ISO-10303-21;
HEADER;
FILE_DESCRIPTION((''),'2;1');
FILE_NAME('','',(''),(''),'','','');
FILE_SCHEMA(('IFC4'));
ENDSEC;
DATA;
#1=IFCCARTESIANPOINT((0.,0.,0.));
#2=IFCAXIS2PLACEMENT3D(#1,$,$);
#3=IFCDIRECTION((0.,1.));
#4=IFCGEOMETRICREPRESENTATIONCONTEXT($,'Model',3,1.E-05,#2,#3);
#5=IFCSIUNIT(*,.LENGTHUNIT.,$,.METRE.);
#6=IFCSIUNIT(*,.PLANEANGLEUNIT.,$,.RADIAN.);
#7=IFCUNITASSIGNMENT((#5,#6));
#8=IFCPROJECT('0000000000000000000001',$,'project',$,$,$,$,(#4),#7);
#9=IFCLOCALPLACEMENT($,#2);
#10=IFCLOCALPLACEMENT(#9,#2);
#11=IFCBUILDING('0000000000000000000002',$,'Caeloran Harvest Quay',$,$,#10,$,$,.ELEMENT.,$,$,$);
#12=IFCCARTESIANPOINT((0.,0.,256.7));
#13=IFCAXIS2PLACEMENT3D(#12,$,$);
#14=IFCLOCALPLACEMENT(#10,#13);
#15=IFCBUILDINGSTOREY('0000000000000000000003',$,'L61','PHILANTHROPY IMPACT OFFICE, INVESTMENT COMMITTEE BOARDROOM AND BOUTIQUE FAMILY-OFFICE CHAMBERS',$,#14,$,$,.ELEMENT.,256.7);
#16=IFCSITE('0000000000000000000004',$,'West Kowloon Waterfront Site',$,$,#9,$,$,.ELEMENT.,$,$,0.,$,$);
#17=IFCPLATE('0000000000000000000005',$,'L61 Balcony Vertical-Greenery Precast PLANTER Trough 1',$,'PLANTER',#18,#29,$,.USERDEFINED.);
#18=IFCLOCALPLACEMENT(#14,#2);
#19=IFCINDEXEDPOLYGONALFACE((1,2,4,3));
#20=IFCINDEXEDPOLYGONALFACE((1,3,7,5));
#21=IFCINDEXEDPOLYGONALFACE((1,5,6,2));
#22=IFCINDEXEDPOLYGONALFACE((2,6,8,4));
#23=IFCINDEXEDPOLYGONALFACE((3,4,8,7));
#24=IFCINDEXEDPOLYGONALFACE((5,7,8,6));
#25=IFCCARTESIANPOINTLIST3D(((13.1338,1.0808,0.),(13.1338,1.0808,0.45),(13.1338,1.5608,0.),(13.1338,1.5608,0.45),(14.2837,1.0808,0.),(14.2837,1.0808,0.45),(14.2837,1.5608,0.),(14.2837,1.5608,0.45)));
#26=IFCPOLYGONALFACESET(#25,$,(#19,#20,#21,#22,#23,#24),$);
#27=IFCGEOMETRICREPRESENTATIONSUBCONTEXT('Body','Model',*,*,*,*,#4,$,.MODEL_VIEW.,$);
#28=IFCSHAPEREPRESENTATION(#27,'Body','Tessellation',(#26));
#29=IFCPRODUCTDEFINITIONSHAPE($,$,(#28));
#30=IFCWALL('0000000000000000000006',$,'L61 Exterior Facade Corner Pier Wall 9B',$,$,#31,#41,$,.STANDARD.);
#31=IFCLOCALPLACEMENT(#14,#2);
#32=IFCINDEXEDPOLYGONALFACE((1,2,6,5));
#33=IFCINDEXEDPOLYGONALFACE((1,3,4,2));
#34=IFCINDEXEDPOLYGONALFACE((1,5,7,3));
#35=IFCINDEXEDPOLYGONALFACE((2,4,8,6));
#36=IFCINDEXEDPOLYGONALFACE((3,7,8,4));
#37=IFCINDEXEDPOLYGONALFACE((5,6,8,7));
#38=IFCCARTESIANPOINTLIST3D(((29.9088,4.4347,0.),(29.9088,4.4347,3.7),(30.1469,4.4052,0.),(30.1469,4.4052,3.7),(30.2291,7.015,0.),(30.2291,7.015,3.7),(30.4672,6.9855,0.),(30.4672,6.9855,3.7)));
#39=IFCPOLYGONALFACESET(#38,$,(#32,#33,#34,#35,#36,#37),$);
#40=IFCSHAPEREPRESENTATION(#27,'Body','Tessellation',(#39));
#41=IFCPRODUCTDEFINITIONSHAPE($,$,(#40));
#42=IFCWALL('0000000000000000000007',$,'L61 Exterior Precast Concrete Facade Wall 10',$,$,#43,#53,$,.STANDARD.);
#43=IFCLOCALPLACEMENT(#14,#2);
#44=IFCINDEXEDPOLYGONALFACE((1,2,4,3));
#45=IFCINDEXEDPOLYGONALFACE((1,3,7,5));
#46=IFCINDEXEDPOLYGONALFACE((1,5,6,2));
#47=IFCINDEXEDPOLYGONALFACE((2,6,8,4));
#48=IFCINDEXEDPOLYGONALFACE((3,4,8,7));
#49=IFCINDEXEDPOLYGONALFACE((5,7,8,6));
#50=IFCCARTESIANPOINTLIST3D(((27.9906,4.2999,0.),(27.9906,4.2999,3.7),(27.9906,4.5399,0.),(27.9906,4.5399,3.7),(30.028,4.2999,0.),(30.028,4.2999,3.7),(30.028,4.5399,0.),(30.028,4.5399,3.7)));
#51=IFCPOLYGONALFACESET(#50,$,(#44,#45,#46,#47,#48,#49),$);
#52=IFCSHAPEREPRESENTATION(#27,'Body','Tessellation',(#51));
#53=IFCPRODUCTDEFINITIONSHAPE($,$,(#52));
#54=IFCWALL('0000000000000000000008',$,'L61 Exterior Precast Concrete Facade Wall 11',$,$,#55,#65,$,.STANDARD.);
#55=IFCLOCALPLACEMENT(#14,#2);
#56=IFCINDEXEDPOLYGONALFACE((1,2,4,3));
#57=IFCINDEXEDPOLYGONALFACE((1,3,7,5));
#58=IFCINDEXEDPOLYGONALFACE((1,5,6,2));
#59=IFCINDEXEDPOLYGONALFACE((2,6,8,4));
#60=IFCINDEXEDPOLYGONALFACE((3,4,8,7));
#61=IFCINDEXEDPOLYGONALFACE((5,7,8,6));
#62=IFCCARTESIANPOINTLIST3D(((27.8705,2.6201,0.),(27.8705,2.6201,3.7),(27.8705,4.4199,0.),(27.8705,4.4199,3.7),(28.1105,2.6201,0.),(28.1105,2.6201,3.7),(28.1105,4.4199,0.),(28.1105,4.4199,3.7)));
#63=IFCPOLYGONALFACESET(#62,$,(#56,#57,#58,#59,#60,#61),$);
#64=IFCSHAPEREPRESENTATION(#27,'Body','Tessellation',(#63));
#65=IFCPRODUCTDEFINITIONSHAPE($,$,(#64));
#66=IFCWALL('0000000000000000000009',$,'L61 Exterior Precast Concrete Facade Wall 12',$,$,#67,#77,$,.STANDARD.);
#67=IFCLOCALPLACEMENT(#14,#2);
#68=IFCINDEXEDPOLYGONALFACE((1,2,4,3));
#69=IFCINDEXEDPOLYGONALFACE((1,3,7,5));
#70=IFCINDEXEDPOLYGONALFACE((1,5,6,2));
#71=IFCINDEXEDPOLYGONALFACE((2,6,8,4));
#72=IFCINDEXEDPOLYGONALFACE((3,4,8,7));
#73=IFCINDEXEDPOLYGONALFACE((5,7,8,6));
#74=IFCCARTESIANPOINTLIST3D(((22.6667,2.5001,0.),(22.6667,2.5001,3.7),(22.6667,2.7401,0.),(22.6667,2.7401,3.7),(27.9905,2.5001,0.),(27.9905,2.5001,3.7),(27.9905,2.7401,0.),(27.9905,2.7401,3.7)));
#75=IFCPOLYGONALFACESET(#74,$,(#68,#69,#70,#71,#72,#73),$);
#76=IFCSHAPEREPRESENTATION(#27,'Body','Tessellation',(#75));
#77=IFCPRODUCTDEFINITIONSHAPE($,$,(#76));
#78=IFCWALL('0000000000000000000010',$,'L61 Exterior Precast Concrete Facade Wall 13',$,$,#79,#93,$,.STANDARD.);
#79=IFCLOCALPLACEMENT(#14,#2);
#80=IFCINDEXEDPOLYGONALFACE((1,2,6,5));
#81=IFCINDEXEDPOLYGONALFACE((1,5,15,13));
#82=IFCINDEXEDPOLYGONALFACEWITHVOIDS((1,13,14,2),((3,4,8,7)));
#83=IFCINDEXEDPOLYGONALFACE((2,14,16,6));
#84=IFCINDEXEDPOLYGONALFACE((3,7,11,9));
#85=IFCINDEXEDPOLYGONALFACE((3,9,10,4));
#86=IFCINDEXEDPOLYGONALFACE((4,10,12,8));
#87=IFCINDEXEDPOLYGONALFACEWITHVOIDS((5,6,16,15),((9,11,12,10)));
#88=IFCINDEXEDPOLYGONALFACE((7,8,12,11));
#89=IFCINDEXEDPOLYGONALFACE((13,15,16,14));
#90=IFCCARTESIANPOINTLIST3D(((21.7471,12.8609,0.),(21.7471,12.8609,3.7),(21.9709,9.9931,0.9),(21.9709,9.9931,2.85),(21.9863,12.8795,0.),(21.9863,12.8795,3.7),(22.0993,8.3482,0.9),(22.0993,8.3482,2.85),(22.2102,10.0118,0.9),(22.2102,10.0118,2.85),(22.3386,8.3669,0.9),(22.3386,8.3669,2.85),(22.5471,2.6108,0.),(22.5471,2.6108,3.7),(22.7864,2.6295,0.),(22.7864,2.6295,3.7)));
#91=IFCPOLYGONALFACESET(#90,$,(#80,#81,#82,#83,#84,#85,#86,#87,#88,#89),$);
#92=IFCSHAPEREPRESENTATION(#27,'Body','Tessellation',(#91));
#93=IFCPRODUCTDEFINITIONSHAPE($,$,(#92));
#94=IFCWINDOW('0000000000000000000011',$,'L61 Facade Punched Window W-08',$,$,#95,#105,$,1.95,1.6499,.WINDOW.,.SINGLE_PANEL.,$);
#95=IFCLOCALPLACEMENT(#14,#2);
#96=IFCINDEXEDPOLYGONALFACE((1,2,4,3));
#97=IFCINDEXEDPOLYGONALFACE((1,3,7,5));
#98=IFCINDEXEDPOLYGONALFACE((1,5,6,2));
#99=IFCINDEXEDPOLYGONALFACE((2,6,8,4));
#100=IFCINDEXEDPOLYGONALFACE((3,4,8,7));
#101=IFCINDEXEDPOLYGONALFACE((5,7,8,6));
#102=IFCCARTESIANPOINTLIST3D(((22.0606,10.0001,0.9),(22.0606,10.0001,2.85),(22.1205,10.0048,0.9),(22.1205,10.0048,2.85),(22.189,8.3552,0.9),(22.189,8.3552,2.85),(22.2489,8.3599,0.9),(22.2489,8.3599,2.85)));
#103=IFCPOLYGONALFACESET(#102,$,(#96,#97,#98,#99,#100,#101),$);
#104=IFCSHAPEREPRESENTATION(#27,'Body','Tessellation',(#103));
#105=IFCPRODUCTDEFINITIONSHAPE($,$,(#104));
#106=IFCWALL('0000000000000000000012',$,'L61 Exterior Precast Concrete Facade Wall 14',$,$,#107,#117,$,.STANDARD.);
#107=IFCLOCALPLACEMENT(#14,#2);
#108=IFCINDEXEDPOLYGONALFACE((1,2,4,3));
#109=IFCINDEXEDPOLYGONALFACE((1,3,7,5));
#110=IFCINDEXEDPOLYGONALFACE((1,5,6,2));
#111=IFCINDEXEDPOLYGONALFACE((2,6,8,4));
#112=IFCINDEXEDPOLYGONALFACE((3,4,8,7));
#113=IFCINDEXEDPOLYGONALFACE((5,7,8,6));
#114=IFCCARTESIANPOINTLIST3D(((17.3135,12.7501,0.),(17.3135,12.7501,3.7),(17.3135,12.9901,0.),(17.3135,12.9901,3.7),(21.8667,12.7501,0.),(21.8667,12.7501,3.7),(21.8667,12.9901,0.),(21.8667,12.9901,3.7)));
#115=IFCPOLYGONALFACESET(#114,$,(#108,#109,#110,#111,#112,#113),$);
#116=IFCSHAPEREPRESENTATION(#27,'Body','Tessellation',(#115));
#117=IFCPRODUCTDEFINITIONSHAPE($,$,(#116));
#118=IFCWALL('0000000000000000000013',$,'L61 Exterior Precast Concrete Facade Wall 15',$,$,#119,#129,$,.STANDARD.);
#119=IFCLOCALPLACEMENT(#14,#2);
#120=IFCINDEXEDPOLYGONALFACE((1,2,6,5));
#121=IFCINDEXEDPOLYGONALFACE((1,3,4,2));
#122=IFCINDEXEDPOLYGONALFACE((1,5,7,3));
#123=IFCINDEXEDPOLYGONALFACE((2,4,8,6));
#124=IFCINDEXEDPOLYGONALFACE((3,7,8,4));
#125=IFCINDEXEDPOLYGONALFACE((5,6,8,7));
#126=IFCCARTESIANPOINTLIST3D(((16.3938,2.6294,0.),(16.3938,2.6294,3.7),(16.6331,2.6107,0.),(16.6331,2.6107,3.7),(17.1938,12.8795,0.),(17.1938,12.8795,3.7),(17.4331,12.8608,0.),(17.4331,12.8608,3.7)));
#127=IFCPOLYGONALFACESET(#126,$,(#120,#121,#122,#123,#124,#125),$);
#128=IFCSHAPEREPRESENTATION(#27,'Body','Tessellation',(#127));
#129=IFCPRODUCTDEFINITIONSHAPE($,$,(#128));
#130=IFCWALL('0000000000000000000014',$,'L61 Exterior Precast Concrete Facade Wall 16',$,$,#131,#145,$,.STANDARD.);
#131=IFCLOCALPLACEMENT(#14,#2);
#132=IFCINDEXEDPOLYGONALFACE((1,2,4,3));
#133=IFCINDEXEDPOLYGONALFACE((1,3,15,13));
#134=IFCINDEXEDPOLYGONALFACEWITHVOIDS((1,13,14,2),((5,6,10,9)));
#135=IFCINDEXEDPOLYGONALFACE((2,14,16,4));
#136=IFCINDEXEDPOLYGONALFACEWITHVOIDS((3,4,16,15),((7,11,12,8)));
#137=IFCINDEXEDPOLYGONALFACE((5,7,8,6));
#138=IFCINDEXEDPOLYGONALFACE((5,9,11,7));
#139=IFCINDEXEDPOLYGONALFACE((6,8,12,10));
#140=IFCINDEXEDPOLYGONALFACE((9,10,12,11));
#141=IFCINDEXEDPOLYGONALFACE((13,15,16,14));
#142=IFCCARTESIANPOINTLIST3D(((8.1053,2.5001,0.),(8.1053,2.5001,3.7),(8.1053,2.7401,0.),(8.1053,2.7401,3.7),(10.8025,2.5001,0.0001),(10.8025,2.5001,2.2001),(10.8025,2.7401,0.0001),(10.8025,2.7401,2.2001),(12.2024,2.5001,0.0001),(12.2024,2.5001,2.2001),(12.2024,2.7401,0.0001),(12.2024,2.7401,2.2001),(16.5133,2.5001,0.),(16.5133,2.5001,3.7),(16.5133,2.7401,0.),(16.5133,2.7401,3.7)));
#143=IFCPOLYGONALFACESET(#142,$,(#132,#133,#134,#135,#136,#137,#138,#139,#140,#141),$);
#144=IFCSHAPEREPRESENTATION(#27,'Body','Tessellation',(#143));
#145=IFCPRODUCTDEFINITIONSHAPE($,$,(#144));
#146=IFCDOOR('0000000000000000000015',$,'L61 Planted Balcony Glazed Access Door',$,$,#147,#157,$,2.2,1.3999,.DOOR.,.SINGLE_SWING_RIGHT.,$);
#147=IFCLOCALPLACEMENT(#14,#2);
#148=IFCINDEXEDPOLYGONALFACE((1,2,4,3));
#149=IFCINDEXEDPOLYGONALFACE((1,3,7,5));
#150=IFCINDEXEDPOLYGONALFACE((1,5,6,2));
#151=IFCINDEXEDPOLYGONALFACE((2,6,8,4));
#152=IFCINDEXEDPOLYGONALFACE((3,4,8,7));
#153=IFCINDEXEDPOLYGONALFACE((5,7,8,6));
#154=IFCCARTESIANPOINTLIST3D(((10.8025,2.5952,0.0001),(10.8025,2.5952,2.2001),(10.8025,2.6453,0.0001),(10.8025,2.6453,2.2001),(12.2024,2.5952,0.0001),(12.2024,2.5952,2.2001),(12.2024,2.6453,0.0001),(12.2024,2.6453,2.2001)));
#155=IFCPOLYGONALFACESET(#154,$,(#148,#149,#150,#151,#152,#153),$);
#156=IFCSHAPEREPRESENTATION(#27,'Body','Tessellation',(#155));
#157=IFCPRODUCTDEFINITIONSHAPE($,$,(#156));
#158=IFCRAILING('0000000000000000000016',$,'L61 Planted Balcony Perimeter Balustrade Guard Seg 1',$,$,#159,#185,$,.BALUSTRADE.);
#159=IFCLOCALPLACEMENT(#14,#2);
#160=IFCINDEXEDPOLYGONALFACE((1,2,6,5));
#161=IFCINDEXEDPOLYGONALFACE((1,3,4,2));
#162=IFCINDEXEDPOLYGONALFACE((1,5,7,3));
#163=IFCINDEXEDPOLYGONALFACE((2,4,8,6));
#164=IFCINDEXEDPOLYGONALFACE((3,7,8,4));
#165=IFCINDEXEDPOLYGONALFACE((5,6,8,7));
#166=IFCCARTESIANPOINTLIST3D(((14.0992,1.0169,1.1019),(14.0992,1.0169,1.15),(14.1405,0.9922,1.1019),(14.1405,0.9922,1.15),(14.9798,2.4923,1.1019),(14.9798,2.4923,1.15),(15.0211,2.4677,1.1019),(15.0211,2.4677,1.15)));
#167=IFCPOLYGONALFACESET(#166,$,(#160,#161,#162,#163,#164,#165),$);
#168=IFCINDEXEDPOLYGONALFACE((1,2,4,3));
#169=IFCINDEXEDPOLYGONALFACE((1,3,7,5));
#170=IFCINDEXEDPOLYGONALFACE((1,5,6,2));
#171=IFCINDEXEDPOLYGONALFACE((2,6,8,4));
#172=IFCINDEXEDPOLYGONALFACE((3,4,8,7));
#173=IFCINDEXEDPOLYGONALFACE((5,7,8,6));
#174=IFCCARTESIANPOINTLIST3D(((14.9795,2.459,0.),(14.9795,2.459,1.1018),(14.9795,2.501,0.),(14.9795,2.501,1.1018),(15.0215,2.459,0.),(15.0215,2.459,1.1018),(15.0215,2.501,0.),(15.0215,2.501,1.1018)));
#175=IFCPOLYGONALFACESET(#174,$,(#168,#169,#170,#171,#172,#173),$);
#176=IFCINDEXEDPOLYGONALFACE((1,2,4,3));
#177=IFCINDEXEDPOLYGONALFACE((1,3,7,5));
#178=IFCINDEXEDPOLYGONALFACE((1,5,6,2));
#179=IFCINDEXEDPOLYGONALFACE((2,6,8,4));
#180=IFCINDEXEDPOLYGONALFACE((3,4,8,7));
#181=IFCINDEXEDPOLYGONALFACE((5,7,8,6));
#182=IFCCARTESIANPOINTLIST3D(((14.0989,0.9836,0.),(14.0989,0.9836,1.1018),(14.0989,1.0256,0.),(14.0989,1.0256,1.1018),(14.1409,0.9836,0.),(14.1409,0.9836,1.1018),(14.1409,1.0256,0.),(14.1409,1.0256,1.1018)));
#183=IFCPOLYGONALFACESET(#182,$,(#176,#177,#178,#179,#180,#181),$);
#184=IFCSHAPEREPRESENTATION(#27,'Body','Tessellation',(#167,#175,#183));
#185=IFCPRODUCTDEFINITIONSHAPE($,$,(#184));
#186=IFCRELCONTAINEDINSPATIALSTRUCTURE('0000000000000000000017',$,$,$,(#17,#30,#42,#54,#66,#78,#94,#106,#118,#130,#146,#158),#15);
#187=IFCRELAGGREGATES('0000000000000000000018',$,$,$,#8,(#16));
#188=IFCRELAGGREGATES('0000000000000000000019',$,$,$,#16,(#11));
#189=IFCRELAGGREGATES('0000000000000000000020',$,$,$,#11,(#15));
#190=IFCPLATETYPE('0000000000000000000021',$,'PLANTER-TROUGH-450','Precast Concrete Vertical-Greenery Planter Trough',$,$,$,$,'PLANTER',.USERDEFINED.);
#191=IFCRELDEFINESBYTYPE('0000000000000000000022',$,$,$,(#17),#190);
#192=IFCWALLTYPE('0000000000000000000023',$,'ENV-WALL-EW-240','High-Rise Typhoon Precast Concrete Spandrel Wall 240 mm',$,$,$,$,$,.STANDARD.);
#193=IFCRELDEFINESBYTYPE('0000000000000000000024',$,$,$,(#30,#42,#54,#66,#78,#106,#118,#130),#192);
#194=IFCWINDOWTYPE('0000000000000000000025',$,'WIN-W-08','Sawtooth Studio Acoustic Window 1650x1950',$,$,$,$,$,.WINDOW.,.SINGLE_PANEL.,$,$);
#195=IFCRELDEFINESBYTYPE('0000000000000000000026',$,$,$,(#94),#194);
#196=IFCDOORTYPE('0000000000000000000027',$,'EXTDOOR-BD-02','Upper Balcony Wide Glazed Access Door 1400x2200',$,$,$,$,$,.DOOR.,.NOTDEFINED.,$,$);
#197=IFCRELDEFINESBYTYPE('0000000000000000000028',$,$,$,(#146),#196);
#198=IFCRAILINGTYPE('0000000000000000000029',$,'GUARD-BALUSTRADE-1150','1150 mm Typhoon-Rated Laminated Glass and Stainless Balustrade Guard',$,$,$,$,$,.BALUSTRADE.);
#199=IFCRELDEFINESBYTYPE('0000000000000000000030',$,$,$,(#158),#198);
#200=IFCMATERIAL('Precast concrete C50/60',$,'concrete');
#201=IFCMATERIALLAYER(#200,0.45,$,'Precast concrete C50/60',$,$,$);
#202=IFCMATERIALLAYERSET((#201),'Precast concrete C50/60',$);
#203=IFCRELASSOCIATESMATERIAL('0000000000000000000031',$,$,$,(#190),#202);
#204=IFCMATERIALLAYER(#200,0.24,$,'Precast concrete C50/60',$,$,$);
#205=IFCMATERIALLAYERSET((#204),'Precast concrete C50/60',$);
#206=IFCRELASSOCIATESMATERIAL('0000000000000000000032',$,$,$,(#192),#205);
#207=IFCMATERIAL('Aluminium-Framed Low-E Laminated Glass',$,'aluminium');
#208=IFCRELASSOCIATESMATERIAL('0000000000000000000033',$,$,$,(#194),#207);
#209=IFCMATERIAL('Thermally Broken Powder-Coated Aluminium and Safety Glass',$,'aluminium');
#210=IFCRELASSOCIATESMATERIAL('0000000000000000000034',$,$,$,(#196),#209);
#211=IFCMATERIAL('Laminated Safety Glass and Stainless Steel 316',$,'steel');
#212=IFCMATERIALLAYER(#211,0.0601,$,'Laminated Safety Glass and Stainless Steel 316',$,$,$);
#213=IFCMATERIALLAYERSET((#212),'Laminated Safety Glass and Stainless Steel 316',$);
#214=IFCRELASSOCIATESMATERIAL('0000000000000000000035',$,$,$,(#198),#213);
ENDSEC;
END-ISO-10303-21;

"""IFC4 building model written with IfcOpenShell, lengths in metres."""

from ifc_helpers import new_model, si_unit, direction, frame, frame_2d, origin, origin_2d, place, context, subcontext, project, spatial, rectangle, extrude, material, layer, layer_set, type_object, element, fill, save


model = new_model("IFC4")

# Units and contexts
model_context = context("Model", 3, precision=1e-05, world=origin(), true_north=direction((0.0, 1.0)))
body_context = subcontext(model_context, "Body", "Model", "MODEL_VIEW")
ifc_project = project(units=[si_unit("LENGTHUNIT", "METRE"), si_unit("PLANEANGLEUNIT", "RADIAN")], contexts=[model_context])

# Site, building, storey
site_placement = place(None, origin())
site = spatial("IfcSite", under=ifc_project, at=site_placement, Name="West Kowloon Waterfront Site", CompositionType="ELEMENT", RefElevation=0.0)
building_placement = place(site_placement, origin())
building = spatial("IfcBuilding", under=site, at=building_placement, Name="Caeloran Harvest Quay", CompositionType="ELEMENT")
storey_placement = place(building_placement, frame((0.0, 0.0, 256.7)))
storey = spatial("IfcBuildingStorey", under=building, at=storey_placement, Name="L61", Description="PHILANTHROPY IMPACT OFFICE, INVESTMENT COMMITTEE BOARDROOM AND BOUTIQUE FAMILY-OFFICE CHAMBERS", CompositionType="ELEMENT", Elevation=256.7)

# Plate
ifc_material_1 = material(Name="Precast concrete C50/60", Category="concrete")
ifc_layer_1 = layer(ifc_material_1, 0.45, Name="Precast concrete C50/60")
ifc_layer_set_1 = layer_set([ifc_layer_1], Name="Precast concrete C50/60")
plate_type_1 = type_object("IfcPlateType", Name="PLANTER-TROUGH-450", Description="Precast Concrete Vertical-Greenery Planter Trough", ElementType="PLANTER", PredefinedType="USERDEFINED", material=ifc_layer_set_1)
plate_1_placement = place(storey_placement, frame((13.7087, 1.3208, 0.0), z_axis=(0.0, 0.0, 1.0), x_axis=(1.0, 0.0, 0.0)))
element("IfcPlate", 1, at=plate_1_placement, inside=storey, type_object=plate_type_1, Name="L61 Balcony Vertical-Greenery Precast PLANTER Trough 1", ObjectType="PLANTER", PredefinedType="USERDEFINED", context=body_context, shape_type="SweptSolid", body=[
    extrude(rectangle(XDim=1.1499, YDim=0.48, at=origin_2d()), origin(), (0.0, 0.0, 1.0), 0.45),
])

# Walls
ifc_layer_2 = layer(ifc_material_1, 0.24, Name="Precast concrete C50/60")
ifc_layer_set_2 = layer_set([ifc_layer_2], Name="Precast concrete C50/60")
wall_type = type_object("IfcWallType", Name="ENV-WALL-EW-240", Description="High-Rise Typhoon Precast Concrete Spandrel Wall 240 mm", PredefinedType="STANDARD", material=ifc_layer_set_2)
wall_1_placement = place(storey_placement, frame((30.3481, 7.0002, 0.0), z_axis=(0.0, 0.0, 1.0), x_axis=(-0.123191, -0.992383, 0.0)))
element("IfcWall", 2, at=wall_1_placement, inside=storey, type_object=wall_type, Name="L61 Exterior Facade Corner Pier Wall 9B", PredefinedType="STANDARD", context=body_context, shape_type="SweptSolid", body=[
    extrude(rectangle(XDim=2.6001, YDim=0.24, at=frame_2d((1.3, 0.0))), origin(), (0.0, 0.0, 1.0), 3.7),
])
wall_2_placement = place(storey_placement, frame((30.0278, 4.4199, 0.0), z_axis=(0.0, 0.0, 1.0), x_axis=(-1.0, 0.0, 0.0)))
element("IfcWall", 3, at=wall_2_placement, inside=storey, type_object=wall_type, Name="L61 Exterior Precast Concrete Facade Wall 10", PredefinedType="STANDARD", context=body_context, shape_type="SweptSolid", body=[
    extrude(rectangle(XDim=2.0374, YDim=0.24, at=frame_2d((1.0186, 0.0))), origin(), (0.0, 0.0, 1.0), 3.7),
])
wall_3_placement = place(storey_placement, frame((27.9905, 4.4199, 0.0), z_axis=(0.0, 0.0, 1.0), x_axis=(0.0, -1.0, 0.0)))
element("IfcWall", 4, at=wall_3_placement, inside=storey, type_object=wall_type, Name="L61 Exterior Precast Concrete Facade Wall 11", PredefinedType="STANDARD", context=body_context, shape_type="SweptSolid", body=[
    extrude(rectangle(XDim=1.7998, YDim=0.24, at=frame_2d((0.8999, 0.0))), origin(), (0.0, 0.0, 1.0), 3.7),
])
wall_4_placement = place(storey_placement, frame((27.9905, 2.6201, 0.0), z_axis=(0.0, 0.0, 1.0), x_axis=(-1.0, 0.0, 0.0)))
element("IfcWall", 5, at=wall_4_placement, inside=storey, type_object=wall_type, Name="L61 Exterior Precast Concrete Facade Wall 12", PredefinedType="STANDARD", context=body_context, shape_type="SweptSolid", body=[
    extrude(rectangle(XDim=5.3237, YDim=0.24, at=frame_2d((2.6619, 0.0))), origin(), (0.0, 0.0, 1.0), 3.7),
])

# Wall, opening, window
wall_5_placement = place(storey_placement, frame((22.6667, 2.6201, 0.0), z_axis=(0.0, 0.0, 1.0), x_axis=(-0.077817, 0.996968, 0.0)))
wall_5 = element("IfcWall", 6, at=wall_5_placement, inside=storey, type_object=wall_type, Name="L61 Exterior Precast Concrete Facade Wall 13", PredefinedType="STANDARD", context=body_context, shape_type="SweptSolid", body=[
    extrude(rectangle(XDim=10.2812, YDim=0.24, at=frame_2d((5.1406, 0.0))), origin(), (0.0, 0.0, 1.0), 3.7),
])
opening_1_placement = place(wall_5_placement, frame((5.7549, 0.0, 0.8999)))
opening_1 = element("IfcOpeningElement", 7, at=opening_1_placement, cuts=wall_5, PredefinedType="OPENING", context=body_context, shape_type="SweptSolid", body=[
    extrude(rectangle(XDim=1.6499, YDim=1.95, at=frame_2d((0.825, 0.9751))), frame((0.0, 0.1299, 0.0), z_axis=(0.0, -1.0, 0.0), x_axis=(1.0, 0.0, 0.0)), (0.0, 0.0, 1.0), 0.26),
])
ifc_material_2 = material(Name="Aluminium-Framed Low-E Laminated Glass", Category="aluminium")
window_type = type_object("IfcWindowType", Name="WIN-W-08", Description="Sawtooth Studio Acoustic Window 1650x1950", PartitioningType="SINGLE_PANEL", PredefinedType="WINDOW", material=ifc_material_2)
window_placement = place(opening_1_placement, origin())
window = element("IfcWindow", 8, at=window_placement, inside=storey, type_object=window_type, Name="L61 Facade Punched Window W-08", OverallHeight=1.95, OverallWidth=1.6499, PartitioningType="SINGLE_PANEL", PredefinedType="WINDOW", context=body_context, shape_type="SweptSolid", body=[
    extrude(rectangle(XDim=1.6499, YDim=1.95, at=frame_2d((0.825, 0.9751))), frame((0.0, 0.03, 0.0), z_axis=(0.0, -1.0, 0.0), x_axis=(1.0, 0.0, 0.0)), (0.0, 0.0, 1.0), 0.0601),
])
fill(opening_1, window)

# Walls
wall_6_placement = place(storey_placement, frame((21.8667, 12.8701, 0.0), z_axis=(0.0, 0.0, 1.0), x_axis=(-1.0, 0.0, 0.0)))
element("IfcWall", 9, at=wall_6_placement, inside=storey, type_object=wall_type, Name="L61 Exterior Precast Concrete Facade Wall 14", PredefinedType="STANDARD", context=body_context, shape_type="SweptSolid", body=[
    extrude(rectangle(XDim=4.5532, YDim=0.24, at=frame_2d((2.2766, 0.0))), origin(), (0.0, 0.0, 1.0), 3.7),
])
wall_7_placement = place(storey_placement, frame((17.3135, 12.8701, 0.0), z_axis=(0.0, 0.0, 1.0), x_axis=(-0.077817, -0.996968, 0.0)))
element("IfcWall", 10, at=wall_7_placement, inside=storey, type_object=wall_type, Name="L61 Exterior Precast Concrete Facade Wall 15", PredefinedType="STANDARD", context=body_context, shape_type="SweptSolid", body=[
    extrude(rectangle(XDim=10.2812, YDim=0.24, at=frame_2d((5.1406, 0.0))), origin(), (0.0, 0.0, 1.0), 3.7),
])

# Wall, opening, door
wall_8_placement = place(storey_placement, frame((16.5134, 2.6201, 0.0), z_axis=(0.0, 0.0, 1.0), x_axis=(-1.0, 0.0, 0.0)))
wall_8 = element("IfcWall", 11, at=wall_8_placement, inside=storey, type_object=wall_type, Name="L61 Exterior Precast Concrete Facade Wall 16", PredefinedType="STANDARD", context=body_context, shape_type="SweptSolid", body=[
    extrude(rectangle(XDim=8.408, YDim=0.24, at=frame_2d((4.2041, 0.0))), origin(), (0.0, 0.0, 1.0), 3.7),
])
opening_2_placement = place(wall_8_placement, frame((4.311, 0.0, 0.0)))
opening_2 = element("IfcOpeningElement", 12, at=opening_2_placement, cuts=wall_8, PredefinedType="OPENING", context=body_context, shape_type="SweptSolid", body=[
    extrude(rectangle(XDim=1.3999, YDim=2.2, at=frame_2d((0.7, 1.1001))), frame((0.0, 0.1299, 0.0), z_axis=(0.0, -1.0, 0.0), x_axis=(1.0, 0.0, 0.0)), (0.0, 0.0, 1.0), 0.26),
])
ifc_material_3 = material(Name="Thermally Broken Powder-Coated Aluminium and Safety Glass", Category="aluminium")
door_type = type_object("IfcDoorType", Name="EXTDOOR-BD-02", Description="Upper Balcony Wide Glazed Access Door 1400x2200", OperationType="NOTDEFINED", PredefinedType="DOOR", material=ifc_material_3)
door_placement = place(opening_2_placement, origin())
door = element("IfcDoor", 13, at=door_placement, inside=storey, type_object=door_type, Name="L61 Planted Balcony Glazed Access Door", OperationType="SINGLE_SWING_RIGHT", OverallHeight=2.2, OverallWidth=1.3999, PredefinedType="DOOR", context=body_context, shape_type="SweptSolid", body=[
    extrude(rectangle(XDim=1.3999, YDim=2.2, at=frame_2d((0.7, 1.1001))), frame((0.0, 0.0249, 0.0), z_axis=(0.0, -1.0, 0.0), x_axis=(1.0, 0.0, 0.0)), (0.0, 0.0, 1.0), 0.05),
])
fill(opening_2, door)

# Railing
ifc_material_4 = material(Name="Laminated Safety Glass and Stainless Steel 316", Category="steel")
ifc_layer_3 = layer(ifc_material_4, 0.0601, Name="Laminated Safety Glass and Stainless Steel 316")
ifc_layer_set_3 = layer_set([ifc_layer_3], Name="Laminated Safety Glass and Stainless Steel 316")
railing_type = type_object("IfcRailingType", Name="GUARD-BALUSTRADE-1150", Description="1150 mm Typhoon-Rated Laminated Glass and Stainless Balustrade Guard", PredefinedType="BALUSTRADE", material=ifc_layer_set_3)
railing_1_placement = place(storey_placement, frame((15.0005, 2.48, 0.0)))
element("IfcRailing", 14, at=railing_1_placement, inside=storey, type_object=railing_type, Name="L61 Planted Balcony Perimeter Balustrade Guard Seg 1", PredefinedType="BALUSTRADE", context=body_context, shape_type="SweptSolid", body=[
    extrude(rectangle(XDim=0.0481, YDim=0.0481, at=origin_2d()), frame((0.0, 0.0, 1.126), z_axis=(-0.51253, -0.858669, 0.0), x_axis=(0.858669, -0.51253, 0.0)), (0.0, 0.0, 1.0), 1.7183),
    extrude(rectangle(XDim=0.042, YDim=0.042, at=origin_2d()), origin(), (0.0, 0.0, 1.0), 1.1018),
    extrude(rectangle(XDim=0.042, YDim=0.042, at=origin_2d()), frame((-0.8806, -1.4753, 0.0)), (0.0, 0.0, 1.0), 1.1018),
])

save(model, "model.ifc")
